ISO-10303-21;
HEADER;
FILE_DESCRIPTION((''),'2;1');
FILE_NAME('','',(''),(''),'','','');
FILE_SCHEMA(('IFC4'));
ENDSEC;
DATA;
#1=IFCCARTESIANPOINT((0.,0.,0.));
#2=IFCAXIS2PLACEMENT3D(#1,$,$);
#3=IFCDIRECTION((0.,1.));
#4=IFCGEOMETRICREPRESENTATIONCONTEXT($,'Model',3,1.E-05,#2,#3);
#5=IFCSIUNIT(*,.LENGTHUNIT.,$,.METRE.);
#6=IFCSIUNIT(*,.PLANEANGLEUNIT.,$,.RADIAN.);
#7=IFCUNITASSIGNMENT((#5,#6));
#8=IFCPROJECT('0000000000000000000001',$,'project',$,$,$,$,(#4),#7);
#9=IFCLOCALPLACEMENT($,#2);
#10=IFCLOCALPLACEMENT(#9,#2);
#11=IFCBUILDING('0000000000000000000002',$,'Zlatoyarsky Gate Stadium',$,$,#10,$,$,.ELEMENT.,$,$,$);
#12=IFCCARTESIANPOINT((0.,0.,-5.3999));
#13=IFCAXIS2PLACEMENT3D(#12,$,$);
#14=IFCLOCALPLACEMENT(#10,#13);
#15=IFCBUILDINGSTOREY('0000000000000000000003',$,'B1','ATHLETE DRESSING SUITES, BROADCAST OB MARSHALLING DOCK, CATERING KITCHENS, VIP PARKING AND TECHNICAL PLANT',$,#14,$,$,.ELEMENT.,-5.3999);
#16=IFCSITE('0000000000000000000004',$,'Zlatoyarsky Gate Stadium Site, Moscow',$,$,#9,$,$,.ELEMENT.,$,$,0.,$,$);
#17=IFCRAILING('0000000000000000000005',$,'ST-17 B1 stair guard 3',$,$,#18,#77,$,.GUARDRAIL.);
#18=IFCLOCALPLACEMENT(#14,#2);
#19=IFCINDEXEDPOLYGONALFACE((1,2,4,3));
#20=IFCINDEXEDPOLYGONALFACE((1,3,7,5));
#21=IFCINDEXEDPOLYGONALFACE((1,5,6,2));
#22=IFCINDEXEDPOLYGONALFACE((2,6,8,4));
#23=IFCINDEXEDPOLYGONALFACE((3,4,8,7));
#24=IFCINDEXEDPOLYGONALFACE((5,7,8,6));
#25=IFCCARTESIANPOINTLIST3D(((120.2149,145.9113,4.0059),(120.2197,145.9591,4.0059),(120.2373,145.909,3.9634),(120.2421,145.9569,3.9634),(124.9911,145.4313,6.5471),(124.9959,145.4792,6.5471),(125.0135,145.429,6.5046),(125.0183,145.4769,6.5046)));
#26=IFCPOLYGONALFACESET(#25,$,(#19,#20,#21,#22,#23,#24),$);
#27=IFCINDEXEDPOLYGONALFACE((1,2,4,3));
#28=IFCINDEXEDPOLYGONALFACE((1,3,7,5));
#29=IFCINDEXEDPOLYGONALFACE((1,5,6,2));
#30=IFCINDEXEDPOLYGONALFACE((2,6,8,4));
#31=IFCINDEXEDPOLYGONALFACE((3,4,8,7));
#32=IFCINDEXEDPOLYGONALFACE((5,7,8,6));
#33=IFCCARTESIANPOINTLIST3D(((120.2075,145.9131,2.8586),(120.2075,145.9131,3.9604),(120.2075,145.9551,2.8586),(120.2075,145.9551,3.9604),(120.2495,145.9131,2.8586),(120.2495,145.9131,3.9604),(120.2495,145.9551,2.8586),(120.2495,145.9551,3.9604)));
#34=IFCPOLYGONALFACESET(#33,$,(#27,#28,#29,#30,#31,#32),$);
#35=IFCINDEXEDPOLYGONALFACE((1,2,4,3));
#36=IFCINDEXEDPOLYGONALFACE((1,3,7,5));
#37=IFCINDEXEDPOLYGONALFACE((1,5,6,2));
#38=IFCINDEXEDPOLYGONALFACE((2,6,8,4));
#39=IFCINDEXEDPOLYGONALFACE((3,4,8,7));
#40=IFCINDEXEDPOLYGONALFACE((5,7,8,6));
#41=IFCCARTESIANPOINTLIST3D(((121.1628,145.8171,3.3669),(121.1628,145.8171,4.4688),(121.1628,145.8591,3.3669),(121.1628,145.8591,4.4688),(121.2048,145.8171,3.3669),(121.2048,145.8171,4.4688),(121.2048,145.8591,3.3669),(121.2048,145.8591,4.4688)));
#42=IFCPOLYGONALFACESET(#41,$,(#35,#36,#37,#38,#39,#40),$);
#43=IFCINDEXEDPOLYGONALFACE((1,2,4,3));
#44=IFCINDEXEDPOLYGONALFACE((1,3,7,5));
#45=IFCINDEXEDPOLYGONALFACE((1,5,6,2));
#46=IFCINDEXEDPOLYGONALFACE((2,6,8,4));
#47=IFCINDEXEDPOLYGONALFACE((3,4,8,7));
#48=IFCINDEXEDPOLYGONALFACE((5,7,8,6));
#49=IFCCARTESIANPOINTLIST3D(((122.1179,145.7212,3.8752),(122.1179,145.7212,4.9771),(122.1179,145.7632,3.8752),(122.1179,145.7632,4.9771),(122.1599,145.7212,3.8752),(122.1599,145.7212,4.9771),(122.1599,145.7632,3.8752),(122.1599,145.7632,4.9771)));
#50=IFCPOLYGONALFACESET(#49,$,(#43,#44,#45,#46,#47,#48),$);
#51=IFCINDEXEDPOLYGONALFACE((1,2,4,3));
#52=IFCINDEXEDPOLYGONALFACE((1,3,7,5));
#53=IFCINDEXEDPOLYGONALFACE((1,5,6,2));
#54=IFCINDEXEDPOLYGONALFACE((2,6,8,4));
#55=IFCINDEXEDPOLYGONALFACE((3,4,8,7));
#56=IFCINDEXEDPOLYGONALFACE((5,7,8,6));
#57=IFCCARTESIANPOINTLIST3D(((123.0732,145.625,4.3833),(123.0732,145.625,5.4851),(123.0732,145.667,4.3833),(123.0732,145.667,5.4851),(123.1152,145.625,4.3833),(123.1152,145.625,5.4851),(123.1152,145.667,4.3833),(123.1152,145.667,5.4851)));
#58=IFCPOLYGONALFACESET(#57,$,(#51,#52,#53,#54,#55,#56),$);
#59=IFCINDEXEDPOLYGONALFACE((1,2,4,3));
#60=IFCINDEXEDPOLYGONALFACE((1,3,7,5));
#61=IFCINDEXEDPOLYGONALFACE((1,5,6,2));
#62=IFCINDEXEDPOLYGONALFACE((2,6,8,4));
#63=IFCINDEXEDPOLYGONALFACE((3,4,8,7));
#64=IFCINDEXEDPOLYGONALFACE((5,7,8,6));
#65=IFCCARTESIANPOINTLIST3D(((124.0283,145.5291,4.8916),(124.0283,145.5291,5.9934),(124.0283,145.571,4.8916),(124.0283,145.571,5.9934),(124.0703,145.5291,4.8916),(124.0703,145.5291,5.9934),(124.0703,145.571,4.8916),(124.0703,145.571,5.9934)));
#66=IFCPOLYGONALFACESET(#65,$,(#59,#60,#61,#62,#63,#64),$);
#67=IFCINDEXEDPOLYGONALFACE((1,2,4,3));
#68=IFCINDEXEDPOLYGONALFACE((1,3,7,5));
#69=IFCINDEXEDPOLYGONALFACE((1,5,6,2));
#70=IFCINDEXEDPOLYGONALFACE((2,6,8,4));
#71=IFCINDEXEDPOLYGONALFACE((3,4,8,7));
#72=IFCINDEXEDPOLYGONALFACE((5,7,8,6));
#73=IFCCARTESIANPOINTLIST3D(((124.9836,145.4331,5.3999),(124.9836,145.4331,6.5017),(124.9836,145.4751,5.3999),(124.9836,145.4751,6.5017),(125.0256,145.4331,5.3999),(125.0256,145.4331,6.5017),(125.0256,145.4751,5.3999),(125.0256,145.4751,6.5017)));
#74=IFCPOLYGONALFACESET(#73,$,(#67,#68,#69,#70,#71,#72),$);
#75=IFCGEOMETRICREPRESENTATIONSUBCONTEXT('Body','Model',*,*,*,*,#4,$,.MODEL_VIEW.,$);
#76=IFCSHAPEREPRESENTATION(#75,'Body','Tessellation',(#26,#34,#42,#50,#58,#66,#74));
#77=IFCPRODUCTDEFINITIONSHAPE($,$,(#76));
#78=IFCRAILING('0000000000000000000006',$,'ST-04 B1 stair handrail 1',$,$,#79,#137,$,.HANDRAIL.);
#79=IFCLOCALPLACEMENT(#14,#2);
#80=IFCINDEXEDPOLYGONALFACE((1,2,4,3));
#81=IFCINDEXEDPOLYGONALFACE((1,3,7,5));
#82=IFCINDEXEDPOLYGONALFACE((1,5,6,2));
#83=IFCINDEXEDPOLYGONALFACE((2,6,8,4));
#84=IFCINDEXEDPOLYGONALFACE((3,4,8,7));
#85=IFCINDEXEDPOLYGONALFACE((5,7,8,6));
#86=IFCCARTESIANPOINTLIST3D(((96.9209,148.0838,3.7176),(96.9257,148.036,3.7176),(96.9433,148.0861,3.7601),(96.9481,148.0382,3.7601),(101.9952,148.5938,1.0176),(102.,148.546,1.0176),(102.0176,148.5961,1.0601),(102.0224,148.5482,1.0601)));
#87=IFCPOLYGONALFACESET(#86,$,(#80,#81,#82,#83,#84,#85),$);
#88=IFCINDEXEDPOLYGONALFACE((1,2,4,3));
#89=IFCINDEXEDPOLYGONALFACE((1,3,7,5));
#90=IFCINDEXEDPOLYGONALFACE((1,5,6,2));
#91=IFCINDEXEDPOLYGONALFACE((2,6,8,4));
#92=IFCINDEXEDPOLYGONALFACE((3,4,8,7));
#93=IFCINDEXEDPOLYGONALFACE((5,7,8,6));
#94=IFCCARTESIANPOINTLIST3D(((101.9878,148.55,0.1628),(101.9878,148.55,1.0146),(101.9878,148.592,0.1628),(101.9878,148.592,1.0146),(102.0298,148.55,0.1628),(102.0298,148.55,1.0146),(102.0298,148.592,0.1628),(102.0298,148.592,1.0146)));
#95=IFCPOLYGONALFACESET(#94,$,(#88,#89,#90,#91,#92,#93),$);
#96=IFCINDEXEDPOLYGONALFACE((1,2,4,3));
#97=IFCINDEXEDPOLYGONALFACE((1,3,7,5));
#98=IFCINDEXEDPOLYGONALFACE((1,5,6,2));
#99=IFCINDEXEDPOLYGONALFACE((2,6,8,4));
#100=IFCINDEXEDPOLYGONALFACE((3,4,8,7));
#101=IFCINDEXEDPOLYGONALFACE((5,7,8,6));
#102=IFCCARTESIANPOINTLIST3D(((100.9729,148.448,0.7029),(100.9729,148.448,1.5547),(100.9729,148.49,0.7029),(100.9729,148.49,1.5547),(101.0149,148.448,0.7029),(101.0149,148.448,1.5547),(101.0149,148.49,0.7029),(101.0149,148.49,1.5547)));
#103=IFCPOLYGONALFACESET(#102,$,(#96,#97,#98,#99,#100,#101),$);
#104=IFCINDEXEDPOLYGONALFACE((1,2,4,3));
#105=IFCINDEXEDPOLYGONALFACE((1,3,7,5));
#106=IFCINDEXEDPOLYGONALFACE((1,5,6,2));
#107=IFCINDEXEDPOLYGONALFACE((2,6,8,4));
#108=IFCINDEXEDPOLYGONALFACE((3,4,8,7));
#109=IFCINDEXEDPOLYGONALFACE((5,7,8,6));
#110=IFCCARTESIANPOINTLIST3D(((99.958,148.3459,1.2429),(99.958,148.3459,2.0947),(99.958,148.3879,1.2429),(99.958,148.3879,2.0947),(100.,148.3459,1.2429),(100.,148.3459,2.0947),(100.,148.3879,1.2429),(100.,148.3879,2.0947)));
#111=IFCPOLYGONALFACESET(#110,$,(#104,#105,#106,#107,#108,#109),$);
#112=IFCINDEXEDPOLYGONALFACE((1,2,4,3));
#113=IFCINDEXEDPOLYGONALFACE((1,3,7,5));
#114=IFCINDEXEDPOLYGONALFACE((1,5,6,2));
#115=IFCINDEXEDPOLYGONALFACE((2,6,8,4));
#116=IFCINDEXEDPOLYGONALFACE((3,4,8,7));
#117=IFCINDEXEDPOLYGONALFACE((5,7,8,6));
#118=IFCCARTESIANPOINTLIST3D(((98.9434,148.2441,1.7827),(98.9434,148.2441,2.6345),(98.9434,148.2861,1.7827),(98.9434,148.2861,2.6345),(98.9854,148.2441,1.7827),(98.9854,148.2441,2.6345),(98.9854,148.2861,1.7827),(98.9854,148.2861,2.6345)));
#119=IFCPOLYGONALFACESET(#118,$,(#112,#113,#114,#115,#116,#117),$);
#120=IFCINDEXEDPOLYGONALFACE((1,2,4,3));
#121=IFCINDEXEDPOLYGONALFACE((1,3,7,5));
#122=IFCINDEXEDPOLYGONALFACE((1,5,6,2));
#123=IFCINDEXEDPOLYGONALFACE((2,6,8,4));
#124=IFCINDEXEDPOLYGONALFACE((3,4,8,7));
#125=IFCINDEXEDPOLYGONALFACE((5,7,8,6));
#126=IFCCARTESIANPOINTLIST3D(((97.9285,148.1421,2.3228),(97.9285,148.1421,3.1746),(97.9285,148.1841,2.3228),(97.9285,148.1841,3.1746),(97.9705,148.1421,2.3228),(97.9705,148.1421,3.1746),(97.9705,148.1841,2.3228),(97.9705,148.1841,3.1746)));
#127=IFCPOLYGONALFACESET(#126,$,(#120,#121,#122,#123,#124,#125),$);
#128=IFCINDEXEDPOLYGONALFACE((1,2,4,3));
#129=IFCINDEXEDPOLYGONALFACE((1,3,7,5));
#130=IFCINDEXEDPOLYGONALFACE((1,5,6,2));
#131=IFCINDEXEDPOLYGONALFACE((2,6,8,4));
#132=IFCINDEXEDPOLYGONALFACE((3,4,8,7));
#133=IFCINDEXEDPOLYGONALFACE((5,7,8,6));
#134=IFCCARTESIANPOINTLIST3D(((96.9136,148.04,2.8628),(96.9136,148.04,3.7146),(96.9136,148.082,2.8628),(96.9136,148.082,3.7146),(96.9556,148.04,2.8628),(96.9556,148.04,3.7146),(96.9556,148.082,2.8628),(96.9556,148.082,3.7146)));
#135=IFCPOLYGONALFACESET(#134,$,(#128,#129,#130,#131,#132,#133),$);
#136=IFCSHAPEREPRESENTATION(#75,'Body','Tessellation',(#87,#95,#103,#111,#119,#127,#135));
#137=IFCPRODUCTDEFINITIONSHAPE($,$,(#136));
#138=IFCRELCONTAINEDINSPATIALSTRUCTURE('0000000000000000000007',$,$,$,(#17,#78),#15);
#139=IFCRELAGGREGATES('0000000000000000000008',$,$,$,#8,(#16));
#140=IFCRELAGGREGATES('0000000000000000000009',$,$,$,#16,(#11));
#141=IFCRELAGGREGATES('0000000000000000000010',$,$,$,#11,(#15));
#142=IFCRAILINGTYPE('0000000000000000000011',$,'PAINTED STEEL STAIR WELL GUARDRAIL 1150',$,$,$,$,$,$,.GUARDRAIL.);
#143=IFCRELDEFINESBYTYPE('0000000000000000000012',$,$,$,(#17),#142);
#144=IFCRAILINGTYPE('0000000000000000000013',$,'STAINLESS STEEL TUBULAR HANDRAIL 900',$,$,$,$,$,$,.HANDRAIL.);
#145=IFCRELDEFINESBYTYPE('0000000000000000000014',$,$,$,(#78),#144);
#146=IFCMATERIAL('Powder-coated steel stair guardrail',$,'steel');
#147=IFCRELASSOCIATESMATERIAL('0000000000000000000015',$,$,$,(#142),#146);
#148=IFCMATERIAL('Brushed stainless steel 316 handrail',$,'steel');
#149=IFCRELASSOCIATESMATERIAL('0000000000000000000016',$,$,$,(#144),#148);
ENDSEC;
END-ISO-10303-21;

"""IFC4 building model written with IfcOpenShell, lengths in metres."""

from ifc_helpers import new_model, si_unit, direction, frame, origin, origin_2d, place, context, subcontext, project, spatial, rectangle, extrude, material, type_object, element, save


model = new_model("IFC4")

# Units and contexts
model_context = context("Model", 3, precision=1e-05, world=origin(), true_north=direction((0.0, 1.0)))
body_context = subcontext(model_context, "Body", "Model", "MODEL_VIEW")
ifc_project = project(units=[si_unit("LENGTHUNIT", "METRE"), si_unit("PLANEANGLEUNIT", "RADIAN")], contexts=[model_context])

# Site, building, storey
site_placement = place(None, origin())
site = spatial("IfcSite", under=ifc_project, at=site_placement, Name="Zlatoyarsky Gate Stadium Site, Moscow", CompositionType="ELEMENT", RefElevation=0.0)
building_placement = place(site_placement, origin())
building = spatial("IfcBuilding", under=site, at=building_placement, Name="Zlatoyarsky Gate Stadium", CompositionType="ELEMENT")
storey_placement = place(building_placement, frame((0.0, 0.0, -5.3999)))
storey = spatial("IfcBuildingStorey", under=building, at=storey_placement, Name="B1", Description="ATHLETE DRESSING SUITES, BROADCAST OB MARSHALLING DOCK, CATERING KITCHENS, VIP PARKING AND TECHNICAL PLANT", CompositionType="ELEMENT", Elevation=-5.3999)

# Railings
ifc_material_1 = material(Name="Powder-coated steel stair guardrail", Category="steel")
railing_type_1 = type_object("IfcRailingType", Name="PAINTED STEEL STAIR WELL GUARDRAIL 1150", PredefinedType="GUARDRAIL", material=ifc_material_1)
railing_1_placement = place(storey_placement, frame((120.2285, 145.9341, 2.8586)))
element("IfcRailing", 1, at=railing_1_placement, inside=storey, type_object=railing_type_1, Name="ST-17 B1 stair guard 3", PredefinedType="GUARDRAIL", context=body_context, shape_type="SweptSolid", body=[
    extrude(rectangle(XDim=0.0481, YDim=0.0481, at=origin_2d()), frame((0.0, 0.0, 1.126), z_axis=(0.879359, -0.088372, 0.467886), x_axis=(0.099992, 0.994988, 0.0)), (0.0, 0.0, 1.0), 5.4314),
    extrude(rectangle(XDim=0.042, YDim=0.042, at=origin_2d()), origin(), (0.0, 0.0, 1.0), 1.1018),
    extrude(rectangle(XDim=0.042, YDim=0.042, at=origin_2d()), frame((0.9553, -0.0959, 0.5083)), (0.0, 0.0, 1.0), 1.1018),
    extrude(rectangle(XDim=0.042, YDim=0.042, at=origin_2d()), frame((1.9104, -0.1919, 1.0166)), (0.0, 0.0, 1.0), 1.1018),
    extrude(rectangle(XDim=0.042, YDim=0.042, at=origin_2d()), frame((2.8657, -0.2881, 1.5247)), (0.0, 0.0, 1.0), 1.1018),
    extrude(rectangle(XDim=0.042, YDim=0.042, at=origin_2d()), frame((3.8208, -0.384, 2.033)), (0.0, 0.0, 1.0), 1.1018),
    extrude(rectangle(XDim=0.042, YDim=0.042, at=origin_2d()), frame((4.7761, -0.48, 2.5413)), (0.0, 0.0, 1.0), 1.1018),
])
ifc_material_2 = material(Name="Brushed stainless steel 316 handrail", Category="steel")
railing_type_2 = type_object("IfcRailingType", Name="STAINLESS STEEL TUBULAR HANDRAIL 900", PredefinedType="HANDRAIL", material=ifc_material_2)
railing_2_placement = place(storey_placement, frame((102.0088, 148.571, 0.1628)))
element("IfcRailing", 2, at=railing_2_placement, inside=storey, type_object=railing_type_2, Name="ST-04 B1 stair handrail 1", PredefinedType="HANDRAIL", context=body_context, shape_type="SweptSolid", body=[
    extrude(rectangle(XDim=0.0481, YDim=0.0481, at=origin_2d()), frame((0.0, 0.0, 0.876), z_axis=(-0.879353, -0.088384, 0.467897), x_axis=(0.100006, -0.994987, 0.0)), (0.0, 0.0, 1.0), 5.7705),
    extrude(rectangle(XDim=0.042, YDim=0.042, at=origin_2d()), origin(), (0.0, 0.0, 1.0), 0.8518),
    extrude(rectangle(XDim=0.042, YDim=0.042, at=origin_2d()), frame((-1.0149, -0.1021, 0.54)), (0.0, 0.0, 1.0), 0.8518),
    extrude(rectangle(XDim=0.042, YDim=0.042, at=origin_2d()), frame((-2.0298, -0.2041, 1.0801)), (0.0, 0.0, 1.0), 0.8518),
    extrude(rectangle(XDim=0.042, YDim=0.042, at=origin_2d()), frame((-3.0444, -0.3059, 1.6199)), (0.0, 0.0, 1.0), 0.8518),
    extrude(rectangle(XDim=0.042, YDim=0.042, at=origin_2d()), frame((-4.0593, -0.408, 2.1599)), (0.0, 0.0, 1.0), 0.8518),
    extrude(rectangle(XDim=0.042, YDim=0.042, at=origin_2d()), frame((-5.0742, -0.51, 2.7)), (0.0, 0.0, 1.0), 0.8518),
])

save(model, "model.ifc")
